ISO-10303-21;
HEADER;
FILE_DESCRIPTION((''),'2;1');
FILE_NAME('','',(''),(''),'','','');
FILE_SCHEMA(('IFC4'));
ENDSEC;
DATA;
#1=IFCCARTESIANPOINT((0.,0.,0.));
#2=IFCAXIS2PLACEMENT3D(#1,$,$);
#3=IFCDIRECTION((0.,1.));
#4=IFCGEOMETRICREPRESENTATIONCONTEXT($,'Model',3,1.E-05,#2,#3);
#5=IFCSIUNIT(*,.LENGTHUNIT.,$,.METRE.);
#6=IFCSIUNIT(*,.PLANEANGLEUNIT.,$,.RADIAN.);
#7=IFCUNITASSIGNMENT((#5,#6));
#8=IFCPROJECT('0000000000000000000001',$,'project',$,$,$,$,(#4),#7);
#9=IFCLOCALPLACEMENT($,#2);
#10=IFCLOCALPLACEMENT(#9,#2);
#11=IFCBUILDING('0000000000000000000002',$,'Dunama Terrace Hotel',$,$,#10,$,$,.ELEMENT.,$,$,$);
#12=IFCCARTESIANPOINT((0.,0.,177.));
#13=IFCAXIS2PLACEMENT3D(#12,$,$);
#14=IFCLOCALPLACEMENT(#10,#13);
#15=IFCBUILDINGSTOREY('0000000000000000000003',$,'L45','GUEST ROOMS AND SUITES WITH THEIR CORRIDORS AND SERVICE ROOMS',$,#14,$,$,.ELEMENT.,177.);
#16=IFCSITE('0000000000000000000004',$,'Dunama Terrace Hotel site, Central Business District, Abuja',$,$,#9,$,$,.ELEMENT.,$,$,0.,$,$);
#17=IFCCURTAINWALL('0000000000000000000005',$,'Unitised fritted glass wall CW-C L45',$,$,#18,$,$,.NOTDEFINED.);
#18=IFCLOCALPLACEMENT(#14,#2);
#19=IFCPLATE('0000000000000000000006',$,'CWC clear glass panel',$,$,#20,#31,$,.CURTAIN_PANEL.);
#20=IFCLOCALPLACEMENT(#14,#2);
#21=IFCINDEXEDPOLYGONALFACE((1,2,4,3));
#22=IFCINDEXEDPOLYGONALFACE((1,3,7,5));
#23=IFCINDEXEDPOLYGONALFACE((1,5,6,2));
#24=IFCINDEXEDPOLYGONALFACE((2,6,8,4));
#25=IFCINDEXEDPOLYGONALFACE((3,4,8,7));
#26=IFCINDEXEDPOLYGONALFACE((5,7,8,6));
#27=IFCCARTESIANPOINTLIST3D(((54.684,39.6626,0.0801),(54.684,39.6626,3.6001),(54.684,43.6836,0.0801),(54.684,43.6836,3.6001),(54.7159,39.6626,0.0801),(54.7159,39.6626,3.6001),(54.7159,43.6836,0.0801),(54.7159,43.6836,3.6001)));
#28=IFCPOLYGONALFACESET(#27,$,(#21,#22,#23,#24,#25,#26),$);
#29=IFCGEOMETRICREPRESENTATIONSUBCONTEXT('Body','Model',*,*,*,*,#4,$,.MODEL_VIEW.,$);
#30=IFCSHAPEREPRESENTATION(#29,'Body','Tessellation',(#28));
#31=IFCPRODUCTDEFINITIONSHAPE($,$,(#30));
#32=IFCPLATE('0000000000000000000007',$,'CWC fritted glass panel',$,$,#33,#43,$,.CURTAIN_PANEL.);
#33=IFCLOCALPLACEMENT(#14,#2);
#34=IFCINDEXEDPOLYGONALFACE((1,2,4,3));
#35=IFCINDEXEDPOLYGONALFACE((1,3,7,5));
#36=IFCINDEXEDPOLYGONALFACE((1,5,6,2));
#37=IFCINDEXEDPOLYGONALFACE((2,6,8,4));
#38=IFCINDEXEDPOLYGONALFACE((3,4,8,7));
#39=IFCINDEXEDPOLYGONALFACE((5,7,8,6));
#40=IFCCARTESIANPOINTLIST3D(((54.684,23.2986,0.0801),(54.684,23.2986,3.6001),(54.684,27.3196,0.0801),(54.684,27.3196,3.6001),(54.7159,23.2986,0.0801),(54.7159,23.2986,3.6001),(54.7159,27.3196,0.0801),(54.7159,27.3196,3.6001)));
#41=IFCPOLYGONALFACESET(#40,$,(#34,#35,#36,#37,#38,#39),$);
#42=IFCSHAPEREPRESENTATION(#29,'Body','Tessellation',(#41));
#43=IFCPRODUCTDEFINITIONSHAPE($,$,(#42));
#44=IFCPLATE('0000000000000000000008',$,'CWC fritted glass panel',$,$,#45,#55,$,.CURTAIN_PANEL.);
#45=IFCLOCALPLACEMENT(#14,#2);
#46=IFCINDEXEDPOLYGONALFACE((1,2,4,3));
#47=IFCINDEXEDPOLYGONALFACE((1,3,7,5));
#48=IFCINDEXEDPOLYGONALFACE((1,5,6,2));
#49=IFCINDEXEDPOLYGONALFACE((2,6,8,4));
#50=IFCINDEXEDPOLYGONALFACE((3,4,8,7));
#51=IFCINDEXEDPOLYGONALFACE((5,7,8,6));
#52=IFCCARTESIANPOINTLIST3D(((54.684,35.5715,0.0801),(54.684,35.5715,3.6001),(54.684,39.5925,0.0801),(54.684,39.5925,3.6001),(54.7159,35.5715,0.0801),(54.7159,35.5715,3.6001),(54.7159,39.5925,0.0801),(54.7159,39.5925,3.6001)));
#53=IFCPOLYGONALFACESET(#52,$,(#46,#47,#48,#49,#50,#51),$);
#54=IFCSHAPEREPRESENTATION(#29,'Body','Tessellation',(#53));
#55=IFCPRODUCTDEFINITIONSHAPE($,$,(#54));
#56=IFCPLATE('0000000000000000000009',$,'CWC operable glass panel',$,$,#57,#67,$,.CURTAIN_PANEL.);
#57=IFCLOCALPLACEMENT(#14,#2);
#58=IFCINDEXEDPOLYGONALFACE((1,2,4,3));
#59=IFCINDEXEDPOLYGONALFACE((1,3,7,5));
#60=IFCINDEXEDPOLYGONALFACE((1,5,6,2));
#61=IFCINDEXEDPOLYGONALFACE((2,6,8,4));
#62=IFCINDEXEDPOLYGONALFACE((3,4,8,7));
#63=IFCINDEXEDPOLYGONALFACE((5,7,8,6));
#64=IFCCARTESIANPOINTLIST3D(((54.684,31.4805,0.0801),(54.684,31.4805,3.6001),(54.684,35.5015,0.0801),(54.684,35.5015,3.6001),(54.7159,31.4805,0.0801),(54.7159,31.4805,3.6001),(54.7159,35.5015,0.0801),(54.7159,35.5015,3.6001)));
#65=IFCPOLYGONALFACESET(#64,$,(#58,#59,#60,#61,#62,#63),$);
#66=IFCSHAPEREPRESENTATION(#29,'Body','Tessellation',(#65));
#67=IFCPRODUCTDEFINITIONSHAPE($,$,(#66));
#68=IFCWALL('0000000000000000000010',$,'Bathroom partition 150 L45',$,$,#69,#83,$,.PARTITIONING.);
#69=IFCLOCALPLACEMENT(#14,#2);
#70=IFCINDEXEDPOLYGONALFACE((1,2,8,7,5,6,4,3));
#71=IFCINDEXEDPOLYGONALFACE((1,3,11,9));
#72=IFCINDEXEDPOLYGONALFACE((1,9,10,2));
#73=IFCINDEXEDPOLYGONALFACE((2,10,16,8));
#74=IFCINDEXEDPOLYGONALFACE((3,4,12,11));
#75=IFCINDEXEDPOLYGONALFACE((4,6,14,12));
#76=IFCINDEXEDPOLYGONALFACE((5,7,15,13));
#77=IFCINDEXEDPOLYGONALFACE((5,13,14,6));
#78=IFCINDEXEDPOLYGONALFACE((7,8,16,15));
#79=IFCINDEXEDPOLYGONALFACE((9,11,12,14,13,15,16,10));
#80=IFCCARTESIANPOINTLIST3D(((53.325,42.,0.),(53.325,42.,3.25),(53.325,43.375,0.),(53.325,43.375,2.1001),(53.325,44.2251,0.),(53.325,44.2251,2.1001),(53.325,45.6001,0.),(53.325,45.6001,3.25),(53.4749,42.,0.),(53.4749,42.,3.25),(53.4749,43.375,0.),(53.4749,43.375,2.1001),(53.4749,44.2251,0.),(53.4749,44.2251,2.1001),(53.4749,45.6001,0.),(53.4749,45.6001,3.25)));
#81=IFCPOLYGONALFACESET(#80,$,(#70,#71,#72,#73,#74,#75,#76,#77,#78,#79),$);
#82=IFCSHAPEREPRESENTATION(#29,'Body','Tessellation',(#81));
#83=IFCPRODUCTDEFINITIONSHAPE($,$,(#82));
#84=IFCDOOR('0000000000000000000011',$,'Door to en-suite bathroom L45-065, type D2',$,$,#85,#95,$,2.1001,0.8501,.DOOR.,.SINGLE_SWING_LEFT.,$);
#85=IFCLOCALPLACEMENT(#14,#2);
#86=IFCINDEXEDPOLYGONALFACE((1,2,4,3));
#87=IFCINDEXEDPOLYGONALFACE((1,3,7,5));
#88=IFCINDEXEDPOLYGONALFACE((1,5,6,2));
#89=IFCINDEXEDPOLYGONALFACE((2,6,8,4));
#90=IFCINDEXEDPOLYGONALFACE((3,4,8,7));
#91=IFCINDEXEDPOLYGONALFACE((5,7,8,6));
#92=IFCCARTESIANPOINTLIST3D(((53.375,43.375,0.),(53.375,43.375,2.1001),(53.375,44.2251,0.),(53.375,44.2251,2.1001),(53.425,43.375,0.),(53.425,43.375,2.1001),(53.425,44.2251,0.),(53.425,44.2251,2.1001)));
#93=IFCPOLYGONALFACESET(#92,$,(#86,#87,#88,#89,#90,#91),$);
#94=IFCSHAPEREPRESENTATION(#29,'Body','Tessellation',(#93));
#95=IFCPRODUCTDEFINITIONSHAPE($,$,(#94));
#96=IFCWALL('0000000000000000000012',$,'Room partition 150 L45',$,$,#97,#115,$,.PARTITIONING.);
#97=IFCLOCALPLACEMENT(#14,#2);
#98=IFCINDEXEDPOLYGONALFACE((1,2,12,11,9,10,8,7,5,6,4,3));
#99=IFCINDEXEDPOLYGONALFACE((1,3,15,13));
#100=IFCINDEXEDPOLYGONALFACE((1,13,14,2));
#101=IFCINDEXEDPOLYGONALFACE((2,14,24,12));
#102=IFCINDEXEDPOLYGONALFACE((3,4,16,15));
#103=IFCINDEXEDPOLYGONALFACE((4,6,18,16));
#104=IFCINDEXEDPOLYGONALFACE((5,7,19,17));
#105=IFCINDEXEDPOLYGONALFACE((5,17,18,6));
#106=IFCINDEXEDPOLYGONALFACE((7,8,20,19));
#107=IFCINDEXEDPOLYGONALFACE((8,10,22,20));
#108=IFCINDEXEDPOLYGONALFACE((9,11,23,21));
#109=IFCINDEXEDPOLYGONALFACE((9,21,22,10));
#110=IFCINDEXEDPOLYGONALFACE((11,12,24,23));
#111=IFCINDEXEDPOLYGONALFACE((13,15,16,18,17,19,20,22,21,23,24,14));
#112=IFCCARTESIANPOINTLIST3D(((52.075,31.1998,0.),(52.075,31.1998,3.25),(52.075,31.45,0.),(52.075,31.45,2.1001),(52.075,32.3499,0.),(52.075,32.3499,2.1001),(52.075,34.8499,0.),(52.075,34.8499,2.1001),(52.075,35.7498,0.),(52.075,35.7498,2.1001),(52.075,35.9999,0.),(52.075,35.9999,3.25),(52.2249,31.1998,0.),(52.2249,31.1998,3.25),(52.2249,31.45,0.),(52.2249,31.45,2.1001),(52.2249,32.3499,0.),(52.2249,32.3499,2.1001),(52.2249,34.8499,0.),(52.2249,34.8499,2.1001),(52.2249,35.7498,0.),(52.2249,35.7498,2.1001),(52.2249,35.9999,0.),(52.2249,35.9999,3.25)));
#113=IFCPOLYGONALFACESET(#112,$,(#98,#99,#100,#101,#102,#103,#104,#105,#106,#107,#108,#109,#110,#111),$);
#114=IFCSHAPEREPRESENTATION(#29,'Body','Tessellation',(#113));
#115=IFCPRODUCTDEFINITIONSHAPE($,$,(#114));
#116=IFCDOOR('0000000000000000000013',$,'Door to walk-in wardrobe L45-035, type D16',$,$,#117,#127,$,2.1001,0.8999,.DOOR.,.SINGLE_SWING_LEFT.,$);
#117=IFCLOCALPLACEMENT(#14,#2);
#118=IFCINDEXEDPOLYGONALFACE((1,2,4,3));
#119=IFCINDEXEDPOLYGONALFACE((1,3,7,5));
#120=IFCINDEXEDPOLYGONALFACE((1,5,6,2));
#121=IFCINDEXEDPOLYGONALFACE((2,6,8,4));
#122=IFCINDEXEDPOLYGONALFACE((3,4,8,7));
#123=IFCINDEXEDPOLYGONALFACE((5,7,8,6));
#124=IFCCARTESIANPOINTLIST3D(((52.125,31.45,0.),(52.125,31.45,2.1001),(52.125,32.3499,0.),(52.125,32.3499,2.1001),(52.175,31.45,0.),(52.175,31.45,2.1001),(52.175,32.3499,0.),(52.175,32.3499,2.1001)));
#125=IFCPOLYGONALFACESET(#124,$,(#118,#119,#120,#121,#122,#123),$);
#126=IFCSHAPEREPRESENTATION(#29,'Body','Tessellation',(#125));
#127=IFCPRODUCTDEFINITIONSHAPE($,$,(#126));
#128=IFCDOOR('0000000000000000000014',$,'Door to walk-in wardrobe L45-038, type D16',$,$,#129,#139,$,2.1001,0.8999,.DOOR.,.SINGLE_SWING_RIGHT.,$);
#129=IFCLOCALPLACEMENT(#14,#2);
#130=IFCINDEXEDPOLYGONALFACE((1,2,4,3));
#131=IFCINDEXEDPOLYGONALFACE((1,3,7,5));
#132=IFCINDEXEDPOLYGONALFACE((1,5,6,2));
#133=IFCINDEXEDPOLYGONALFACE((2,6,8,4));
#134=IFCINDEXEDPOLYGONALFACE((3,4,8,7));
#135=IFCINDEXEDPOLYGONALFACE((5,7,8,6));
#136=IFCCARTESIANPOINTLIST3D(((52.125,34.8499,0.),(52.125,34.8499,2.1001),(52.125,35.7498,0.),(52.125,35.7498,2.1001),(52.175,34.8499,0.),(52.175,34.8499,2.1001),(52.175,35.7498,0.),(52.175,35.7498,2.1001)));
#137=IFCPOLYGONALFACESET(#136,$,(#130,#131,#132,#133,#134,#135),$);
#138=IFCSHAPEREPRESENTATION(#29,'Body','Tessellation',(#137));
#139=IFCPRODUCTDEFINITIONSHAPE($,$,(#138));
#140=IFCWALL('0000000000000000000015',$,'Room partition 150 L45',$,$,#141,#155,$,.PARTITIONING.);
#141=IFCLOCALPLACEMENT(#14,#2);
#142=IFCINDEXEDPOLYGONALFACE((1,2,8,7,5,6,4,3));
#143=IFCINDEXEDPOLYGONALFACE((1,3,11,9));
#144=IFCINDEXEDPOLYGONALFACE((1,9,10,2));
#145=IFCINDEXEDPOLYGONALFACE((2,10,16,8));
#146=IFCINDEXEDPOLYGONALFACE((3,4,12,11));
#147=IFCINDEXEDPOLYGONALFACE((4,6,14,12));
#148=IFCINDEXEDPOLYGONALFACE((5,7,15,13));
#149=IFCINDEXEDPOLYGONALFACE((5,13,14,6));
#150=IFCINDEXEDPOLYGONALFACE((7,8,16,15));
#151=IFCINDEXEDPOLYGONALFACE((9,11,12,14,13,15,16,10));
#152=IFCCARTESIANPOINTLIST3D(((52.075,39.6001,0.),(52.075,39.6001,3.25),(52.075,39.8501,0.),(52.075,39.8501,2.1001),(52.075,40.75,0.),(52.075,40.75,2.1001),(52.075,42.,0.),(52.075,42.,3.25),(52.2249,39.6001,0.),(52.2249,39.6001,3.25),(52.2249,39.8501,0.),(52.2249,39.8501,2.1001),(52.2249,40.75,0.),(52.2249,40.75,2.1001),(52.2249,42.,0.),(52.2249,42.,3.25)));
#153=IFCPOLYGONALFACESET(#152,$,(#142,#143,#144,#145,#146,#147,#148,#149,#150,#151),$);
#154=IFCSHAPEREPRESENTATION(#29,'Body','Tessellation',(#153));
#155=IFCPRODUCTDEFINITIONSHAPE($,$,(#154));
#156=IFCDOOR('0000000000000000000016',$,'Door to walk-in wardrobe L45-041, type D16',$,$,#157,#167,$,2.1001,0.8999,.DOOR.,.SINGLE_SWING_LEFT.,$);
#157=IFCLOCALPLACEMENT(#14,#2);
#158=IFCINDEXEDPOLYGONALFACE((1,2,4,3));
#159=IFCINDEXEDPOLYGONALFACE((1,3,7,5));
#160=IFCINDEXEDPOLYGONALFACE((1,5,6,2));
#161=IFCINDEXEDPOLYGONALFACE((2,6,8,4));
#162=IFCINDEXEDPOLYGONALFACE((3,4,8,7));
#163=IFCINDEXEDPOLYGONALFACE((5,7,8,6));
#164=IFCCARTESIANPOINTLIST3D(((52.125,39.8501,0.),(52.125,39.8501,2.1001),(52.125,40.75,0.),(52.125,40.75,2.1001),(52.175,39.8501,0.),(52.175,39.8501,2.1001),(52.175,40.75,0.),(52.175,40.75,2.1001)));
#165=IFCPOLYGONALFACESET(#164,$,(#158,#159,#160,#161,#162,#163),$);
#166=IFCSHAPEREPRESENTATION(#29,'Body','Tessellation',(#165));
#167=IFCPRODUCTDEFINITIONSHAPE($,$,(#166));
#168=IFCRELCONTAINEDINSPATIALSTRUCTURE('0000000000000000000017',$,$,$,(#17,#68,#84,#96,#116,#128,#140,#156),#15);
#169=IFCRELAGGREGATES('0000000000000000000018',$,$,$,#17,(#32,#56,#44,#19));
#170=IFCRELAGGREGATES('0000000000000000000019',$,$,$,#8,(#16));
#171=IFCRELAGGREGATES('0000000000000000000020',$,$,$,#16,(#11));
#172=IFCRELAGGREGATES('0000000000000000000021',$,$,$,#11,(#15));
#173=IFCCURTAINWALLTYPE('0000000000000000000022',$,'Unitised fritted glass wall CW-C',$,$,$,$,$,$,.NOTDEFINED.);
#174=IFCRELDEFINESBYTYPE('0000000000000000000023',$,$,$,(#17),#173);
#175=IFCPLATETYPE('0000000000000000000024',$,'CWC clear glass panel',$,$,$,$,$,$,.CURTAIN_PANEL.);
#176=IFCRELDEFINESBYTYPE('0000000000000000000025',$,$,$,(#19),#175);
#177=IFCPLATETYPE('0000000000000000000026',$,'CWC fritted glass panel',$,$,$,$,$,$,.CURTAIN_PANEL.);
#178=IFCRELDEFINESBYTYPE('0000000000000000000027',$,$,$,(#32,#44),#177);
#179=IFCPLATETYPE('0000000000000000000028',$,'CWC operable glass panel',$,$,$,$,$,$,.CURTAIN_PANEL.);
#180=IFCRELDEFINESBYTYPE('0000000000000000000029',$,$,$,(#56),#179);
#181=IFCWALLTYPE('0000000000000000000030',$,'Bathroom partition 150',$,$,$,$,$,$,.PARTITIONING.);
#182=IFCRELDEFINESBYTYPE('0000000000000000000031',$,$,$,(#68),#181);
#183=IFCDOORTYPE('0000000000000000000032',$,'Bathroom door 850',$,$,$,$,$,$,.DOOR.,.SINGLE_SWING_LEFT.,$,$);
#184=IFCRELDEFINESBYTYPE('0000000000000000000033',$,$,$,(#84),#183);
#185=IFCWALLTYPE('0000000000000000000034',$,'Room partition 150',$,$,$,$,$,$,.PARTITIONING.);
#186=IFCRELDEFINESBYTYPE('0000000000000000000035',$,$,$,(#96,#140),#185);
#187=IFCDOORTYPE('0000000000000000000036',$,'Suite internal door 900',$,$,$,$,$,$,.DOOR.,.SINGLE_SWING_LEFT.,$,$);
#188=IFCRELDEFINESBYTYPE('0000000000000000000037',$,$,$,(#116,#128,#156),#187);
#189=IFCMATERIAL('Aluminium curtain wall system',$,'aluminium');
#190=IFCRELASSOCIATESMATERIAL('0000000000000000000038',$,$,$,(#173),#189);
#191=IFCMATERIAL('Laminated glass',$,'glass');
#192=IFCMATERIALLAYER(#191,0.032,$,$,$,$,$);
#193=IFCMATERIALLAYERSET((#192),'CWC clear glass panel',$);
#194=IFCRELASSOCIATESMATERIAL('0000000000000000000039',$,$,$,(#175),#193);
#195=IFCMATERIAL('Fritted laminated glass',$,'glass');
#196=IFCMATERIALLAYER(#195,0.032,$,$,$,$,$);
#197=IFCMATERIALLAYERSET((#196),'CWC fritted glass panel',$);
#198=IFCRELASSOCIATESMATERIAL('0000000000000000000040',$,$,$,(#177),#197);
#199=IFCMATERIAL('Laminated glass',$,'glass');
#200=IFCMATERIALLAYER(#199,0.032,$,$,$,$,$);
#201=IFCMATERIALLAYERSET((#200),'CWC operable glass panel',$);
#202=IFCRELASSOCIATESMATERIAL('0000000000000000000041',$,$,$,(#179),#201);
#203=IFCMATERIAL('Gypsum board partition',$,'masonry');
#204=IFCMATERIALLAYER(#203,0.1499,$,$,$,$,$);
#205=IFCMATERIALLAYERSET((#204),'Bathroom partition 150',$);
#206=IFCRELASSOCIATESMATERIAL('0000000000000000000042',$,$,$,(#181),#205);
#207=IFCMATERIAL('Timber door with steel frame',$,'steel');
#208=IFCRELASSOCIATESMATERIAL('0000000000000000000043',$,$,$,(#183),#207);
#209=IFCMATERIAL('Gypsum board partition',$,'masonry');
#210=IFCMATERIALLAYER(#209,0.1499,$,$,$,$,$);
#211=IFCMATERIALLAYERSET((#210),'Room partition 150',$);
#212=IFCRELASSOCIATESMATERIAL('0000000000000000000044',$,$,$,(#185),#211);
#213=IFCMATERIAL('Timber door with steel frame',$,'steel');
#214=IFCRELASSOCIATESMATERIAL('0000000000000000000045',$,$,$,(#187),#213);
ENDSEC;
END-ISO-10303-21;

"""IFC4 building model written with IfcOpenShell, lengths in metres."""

from ifc_helpers import new_model, si_unit, direction, frame, frame_2d, origin, origin_2d, place, context, subcontext, project, spatial, rectangle, extrude, material, layer, layer_set, type_object, element, fill, aggregate, save


model = new_model("IFC4")

# Units and contexts
model_context = context("Model", 3, precision=1e-05, world=origin(), true_north=direction((0.0, 1.0)))
body_context = subcontext(model_context, "Body", "Model", "MODEL_VIEW")
ifc_project = project(units=[si_unit("LENGTHUNIT", "METRE"), si_unit("PLANEANGLEUNIT", "RADIAN")], contexts=[model_context])

# Site, building, storey
site_placement = place(None, origin())
site = spatial("IfcSite", under=ifc_project, at=site_placement, Name="Dunama Terrace Hotel site, Central Business District, Abuja", CompositionType="ELEMENT", RefElevation=0.0)
building_placement = place(site_placement, origin())
building = spatial("IfcBuilding", under=site, at=building_placement, Name="Dunama Terrace Hotel", CompositionType="ELEMENT")
storey_placement = place(building_placement, frame((0.0, 0.0, 177.0)))
storey = spatial("IfcBuildingStorey", under=building, at=storey_placement, Name="L45", Description="GUEST ROOMS AND SUITES WITH THEIR CORRIDORS AND SERVICE ROOMS", CompositionType="ELEMENT", Elevation=177.0)

# Curtain wall
ifc_material_1 = material(Name="Aluminium curtain wall system", Category="aluminium")
curtain_wall_type = type_object("IfcCurtainWallType", Name="Unitised fritted glass wall CW-C", PredefinedType="NOTDEFINED", material=ifc_material_1)
curtain_wall_placement = place(storey_placement, origin())
curtain_wall = element("IfcCurtainWall", 1, at=curtain_wall_placement, inside=storey, type_object=curtain_wall_type, Name="Unitised fritted glass wall CW-C L45", PredefinedType="NOTDEFINED")

# Plates
ifc_material_2 = material(Name="Laminated glass", Category="glass")
ifc_layer_1 = layer(ifc_material_2, 0.032)
ifc_layer_set_1 = layer_set([ifc_layer_1], Name="CWC clear glass panel")
plate_type_1 = type_object("IfcPlateType", Name="CWC clear glass panel", PredefinedType="CURTAIN_PANEL", material=ifc_layer_set_1)
plate_1_placement = place(storey_placement, frame((54.7, 41.6731, 0.0801), z_axis=(0.0, 0.0, 1.0), x_axis=(0.0, 1.0, 0.0)))
plate_1 = element("IfcPlate", 2, at=plate_1_placement, type_object=plate_type_1, Name="CWC clear glass panel", PredefinedType="CURTAIN_PANEL", context=body_context, shape_type="SweptSolid", body=[
    extrude(rectangle(XDim=4.021, YDim=0.032, at=origin_2d()), origin(), (0.0, 0.0, 1.0), 3.52),
])
ifc_material_3 = material(Name="Fritted laminated glass", Category="glass")
ifc_layer_2 = layer(ifc_material_3, 0.032)
ifc_layer_set_2 = layer_set([ifc_layer_2], Name="CWC fritted glass panel")
plate_type_2 = type_object("IfcPlateType", Name="CWC fritted glass panel", PredefinedType="CURTAIN_PANEL", material=ifc_layer_set_2)
plate_2_placement = place(storey_placement, frame((54.7, 25.3091, 0.0801), z_axis=(0.0, 0.0, 1.0), x_axis=(0.0, 1.0, 0.0)))
plate_2 = element("IfcPlate", 3, at=plate_2_placement, type_object=plate_type_2, Name="CWC fritted glass panel", PredefinedType="CURTAIN_PANEL", context=body_context, shape_type="SweptSolid", body=[
    extrude(rectangle(XDim=4.021, YDim=0.032, at=origin_2d()), origin(), (0.0, 0.0, 1.0), 3.52),
])
plate_3_placement = place(storey_placement, frame((54.7, 37.582, 0.0801), z_axis=(0.0, 0.0, 1.0), x_axis=(0.0, 1.0, 0.0)))
plate_3 = element("IfcPlate", 4, at=plate_3_placement, type_object=plate_type_2, Name="CWC fritted glass panel", PredefinedType="CURTAIN_PANEL", context=body_context, shape_type="SweptSolid", body=[
    extrude(rectangle(XDim=4.021, YDim=0.032, at=origin_2d()), origin(), (0.0, 0.0, 1.0), 3.52),
])
ifc_material_4 = material(Name="Laminated glass", Category="glass")
ifc_layer_3 = layer(ifc_material_4, 0.032)
ifc_layer_set_3 = layer_set([ifc_layer_3], Name="CWC operable glass panel")
plate_type_3 = type_object("IfcPlateType", Name="CWC operable glass panel", PredefinedType="CURTAIN_PANEL", material=ifc_layer_set_3)
plate_4_placement = place(storey_placement, frame((54.7, 33.491, 0.0801), z_axis=(0.0, 0.0, 1.0), x_axis=(0.0, 1.0, 0.0)))
plate_4 = element("IfcPlate", 5, at=plate_4_placement, type_object=plate_type_3, Name="CWC operable glass panel", PredefinedType="CURTAIN_PANEL", context=body_context, shape_type="SweptSolid", body=[
    extrude(rectangle(XDim=4.021, YDim=0.032, at=origin_2d()), origin(), (0.0, 0.0, 1.0), 3.52),
])
aggregate(curtain_wall, [plate_2, plate_4, plate_3, plate_1])

# Wall, opening, door
ifc_material_5 = material(Name="Gypsum board partition", Category="masonry")
ifc_layer_4 = layer(ifc_material_5, 0.1499)
ifc_layer_set_4 = layer_set([ifc_layer_4], Name="Bathroom partition 150")
wall_type_1 = type_object("IfcWallType", Name="Bathroom partition 150", PredefinedType="PARTITIONING", material=ifc_layer_set_4)
wall_1_placement = place(storey_placement, frame((53.3999, 42.0, 0.0), z_axis=(0.0, 0.0, 1.0), x_axis=(0.0, 1.0, 0.0)))
wall_1 = element("IfcWall", 6, at=wall_1_placement, inside=storey, type_object=wall_type_1, Name="Bathroom partition 150 L45", PredefinedType="PARTITIONING", context=body_context, shape_type="SweptSolid", body=[
    extrude(rectangle(XDim=3.6001, YDim=0.1499, at=frame_2d((1.8, 0.0))), origin(), (0.0, 0.0, 1.0), 3.25),
])
opening_1_placement = place(wall_1_placement, frame((1.375, 0.0, 0.0)))
opening_1 = element("IfcOpeningElement", 7, at=opening_1_placement, cuts=wall_1, PredefinedType="OPENING", context=body_context, shape_type="SweptSolid", body=[
    extrude(rectangle(XDim=0.8501, YDim=2.1001, at=frame_2d((0.425, 1.05))), frame((0.0, 0.085, 0.0), z_axis=(0.0, -1.0, 0.0), x_axis=(1.0, 0.0, 0.0)), (0.0, 0.0, 1.0), 0.1699),
])
ifc_material_6 = material(Name="Timber door with steel frame", Category="steel")
door_type_1 = type_object("IfcDoorType", Name="Bathroom door 850", OperationType="SINGLE_SWING_LEFT", PredefinedType="DOOR", material=ifc_material_6)
door_1_placement = place(opening_1_placement, origin())
door_1 = element("IfcDoor", 8, at=door_1_placement, inside=storey, type_object=door_type_1, Name="Door to en-suite bathroom L45-065, type D2", OperationType="SINGLE_SWING_LEFT", OverallHeight=2.1001, OverallWidth=0.8501, PredefinedType="DOOR", context=body_context, shape_type="SweptSolid", body=[
    extrude(rectangle(XDim=0.8501, YDim=2.1001, at=frame_2d((0.425, 1.05))), frame((0.0, 0.0249, 0.0), z_axis=(0.0, -1.0, 0.0), x_axis=(1.0, 0.0, 0.0)), (0.0, 0.0, 1.0), 0.05),
])
fill(opening_1, door_1)

# Wall, openings, doors
ifc_material_7 = material(Name="Gypsum board partition", Category="masonry")
ifc_layer_5 = layer(ifc_material_7, 0.1499)
ifc_layer_set_5 = layer_set([ifc_layer_5], Name="Room partition 150")
wall_type_2 = type_object("IfcWallType", Name="Room partition 150", PredefinedType="PARTITIONING", material=ifc_layer_set_5)
wall_2_placement = place(storey_placement, frame((52.1499, 31.2, 0.0), z_axis=(0.0, 0.0, 1.0), x_axis=(0.0, 1.0, 0.0)))
wall_2 = element("IfcWall", 9, at=wall_2_placement, inside=storey, type_object=wall_type_2, Name="Room partition 150 L45", PredefinedType="PARTITIONING", context=body_context, shape_type="SweptSolid", body=[
    extrude(rectangle(XDim=4.8, YDim=0.1499, at=frame_2d((2.3999, 0.0))), origin(), (0.0, 0.0, 1.0), 3.25),
])
opening_2_placement = place(wall_2_placement, frame((0.25, 0.0, 0.0)))
opening_2 = element("IfcOpeningElement", 10, at=opening_2_placement, cuts=wall_2, PredefinedType="OPENING", context=body_context, shape_type="SweptSolid", body=[
    extrude(rectangle(XDim=0.8999, YDim=2.1001, at=frame_2d((0.45, 1.05))), frame((0.0, 0.085, 0.0), z_axis=(0.0, -1.0, 0.0), x_axis=(1.0, 0.0, 0.0)), (0.0, 0.0, 1.0), 0.1699),
])
opening_3_placement = place(wall_2_placement, frame((3.6499, 0.0, 0.0)))
opening_3 = element("IfcOpeningElement", 11, at=opening_3_placement, cuts=wall_2, PredefinedType="OPENING", context=body_context, shape_type="SweptSolid", body=[
    extrude(rectangle(XDim=0.8999, YDim=2.1001, at=frame_2d((0.45, 1.05))), frame((0.0, 0.085, 0.0), z_axis=(0.0, -1.0, 0.0), x_axis=(1.0, 0.0, 0.0)), (0.0, 0.0, 1.0), 0.1699),
])
ifc_material_8 = material(Name="Timber door with steel frame", Category="steel")
door_type_2 = type_object("IfcDoorType", Name="Suite internal door 900", OperationType="SINGLE_SWING_LEFT", PredefinedType="DOOR", material=ifc_material_8)
door_2_placement = place(opening_2_placement, origin())
door_2 = element("IfcDoor", 12, at=door_2_placement, inside=storey, type_object=door_type_2, Name="Door to walk-in wardrobe L45-035, type D16", OperationType="SINGLE_SWING_LEFT", OverallHeight=2.1001, OverallWidth=0.8999, PredefinedType="DOOR", context=body_context, shape_type="SweptSolid", body=[
    extrude(rectangle(XDim=0.8999, YDim=2.1001, at=frame_2d((0.45, 1.05))), frame((0.0, 0.0249, 0.0), z_axis=(0.0, -1.0, 0.0), x_axis=(1.0, 0.0, 0.0)), (0.0, 0.0, 1.0), 0.05),
])
fill(opening_2, door_2)
door_3_placement = place(opening_3_placement, origin())
door_3 = element("IfcDoor", 13, at=door_3_placement, inside=storey, type_object=door_type_2, Name="Door to walk-in wardrobe L45-038, type D16", OperationType="SINGLE_SWING_RIGHT", OverallHeight=2.1001, OverallWidth=0.8999, PredefinedType="DOOR", context=body_context, shape_type="SweptSolid", body=[
    extrude(rectangle(XDim=0.8999, YDim=2.1001, at=frame_2d((0.45, 1.05))), frame((0.0, 0.0249, 0.0), z_axis=(0.0, -1.0, 0.0), x_axis=(1.0, 0.0, 0.0)), (0.0, 0.0, 1.0), 0.05),
])
fill(opening_3, door_3)

# Wall, opening, door
wall_3_placement = place(storey_placement, frame((52.1499, 39.6001, 0.0), z_axis=(0.0, 0.0, 1.0), x_axis=(0.0, 1.0, 0.0)))
wall_3 = element("IfcWall", 14, at=wall_3_placement, inside=storey, type_object=wall_type_2, Name="Room partition 150 L45", PredefinedType="PARTITIONING", context=body_context, shape_type="SweptSolid", body=[
    extrude(rectangle(XDim=2.3999, YDim=0.1499, at=frame_2d((1.2, 0.0))), origin(), (0.0, 0.0, 1.0), 3.25),
])
opening_4_placement = place(wall_3_placement, frame((0.25, 0.0, 0.0)))
opening_4 = element("IfcOpeningElement", 15, at=opening_4_placement, cuts=wall_3, PredefinedType="OPENING", context=body_context, shape_type="SweptSolid", body=[
    extrude(rectangle(XDim=0.8999, YDim=2.1001, at=frame_2d((0.45, 1.05))), frame((0.0, 0.085, 0.0), z_axis=(0.0, -1.0, 0.0), x_axis=(1.0, 0.0, 0.0)), (0.0, 0.0, 1.0), 0.1699),
])
door_4_placement = place(opening_4_placement, origin())
door_4 = element("IfcDoor", 16, at=door_4_placement, inside=storey, type_object=door_type_2, Name="Door to walk-in wardrobe L45-041, type D16", OperationType="SINGLE_SWING_LEFT", OverallHeight=2.1001, OverallWidth=0.8999, PredefinedType="DOOR", context=body_context, shape_type="SweptSolid", body=[
    extrude(rectangle(XDim=0.8999, YDim=2.1001, at=frame_2d((0.45, 1.05))), frame((0.0, 0.0249, 0.0), z_axis=(0.0, -1.0, 0.0), x_axis=(1.0, 0.0, 0.0)), (0.0, 0.0, 1.0), 0.05),
])
fill(opening_4, door_4)

save(model, "model.ifc")
